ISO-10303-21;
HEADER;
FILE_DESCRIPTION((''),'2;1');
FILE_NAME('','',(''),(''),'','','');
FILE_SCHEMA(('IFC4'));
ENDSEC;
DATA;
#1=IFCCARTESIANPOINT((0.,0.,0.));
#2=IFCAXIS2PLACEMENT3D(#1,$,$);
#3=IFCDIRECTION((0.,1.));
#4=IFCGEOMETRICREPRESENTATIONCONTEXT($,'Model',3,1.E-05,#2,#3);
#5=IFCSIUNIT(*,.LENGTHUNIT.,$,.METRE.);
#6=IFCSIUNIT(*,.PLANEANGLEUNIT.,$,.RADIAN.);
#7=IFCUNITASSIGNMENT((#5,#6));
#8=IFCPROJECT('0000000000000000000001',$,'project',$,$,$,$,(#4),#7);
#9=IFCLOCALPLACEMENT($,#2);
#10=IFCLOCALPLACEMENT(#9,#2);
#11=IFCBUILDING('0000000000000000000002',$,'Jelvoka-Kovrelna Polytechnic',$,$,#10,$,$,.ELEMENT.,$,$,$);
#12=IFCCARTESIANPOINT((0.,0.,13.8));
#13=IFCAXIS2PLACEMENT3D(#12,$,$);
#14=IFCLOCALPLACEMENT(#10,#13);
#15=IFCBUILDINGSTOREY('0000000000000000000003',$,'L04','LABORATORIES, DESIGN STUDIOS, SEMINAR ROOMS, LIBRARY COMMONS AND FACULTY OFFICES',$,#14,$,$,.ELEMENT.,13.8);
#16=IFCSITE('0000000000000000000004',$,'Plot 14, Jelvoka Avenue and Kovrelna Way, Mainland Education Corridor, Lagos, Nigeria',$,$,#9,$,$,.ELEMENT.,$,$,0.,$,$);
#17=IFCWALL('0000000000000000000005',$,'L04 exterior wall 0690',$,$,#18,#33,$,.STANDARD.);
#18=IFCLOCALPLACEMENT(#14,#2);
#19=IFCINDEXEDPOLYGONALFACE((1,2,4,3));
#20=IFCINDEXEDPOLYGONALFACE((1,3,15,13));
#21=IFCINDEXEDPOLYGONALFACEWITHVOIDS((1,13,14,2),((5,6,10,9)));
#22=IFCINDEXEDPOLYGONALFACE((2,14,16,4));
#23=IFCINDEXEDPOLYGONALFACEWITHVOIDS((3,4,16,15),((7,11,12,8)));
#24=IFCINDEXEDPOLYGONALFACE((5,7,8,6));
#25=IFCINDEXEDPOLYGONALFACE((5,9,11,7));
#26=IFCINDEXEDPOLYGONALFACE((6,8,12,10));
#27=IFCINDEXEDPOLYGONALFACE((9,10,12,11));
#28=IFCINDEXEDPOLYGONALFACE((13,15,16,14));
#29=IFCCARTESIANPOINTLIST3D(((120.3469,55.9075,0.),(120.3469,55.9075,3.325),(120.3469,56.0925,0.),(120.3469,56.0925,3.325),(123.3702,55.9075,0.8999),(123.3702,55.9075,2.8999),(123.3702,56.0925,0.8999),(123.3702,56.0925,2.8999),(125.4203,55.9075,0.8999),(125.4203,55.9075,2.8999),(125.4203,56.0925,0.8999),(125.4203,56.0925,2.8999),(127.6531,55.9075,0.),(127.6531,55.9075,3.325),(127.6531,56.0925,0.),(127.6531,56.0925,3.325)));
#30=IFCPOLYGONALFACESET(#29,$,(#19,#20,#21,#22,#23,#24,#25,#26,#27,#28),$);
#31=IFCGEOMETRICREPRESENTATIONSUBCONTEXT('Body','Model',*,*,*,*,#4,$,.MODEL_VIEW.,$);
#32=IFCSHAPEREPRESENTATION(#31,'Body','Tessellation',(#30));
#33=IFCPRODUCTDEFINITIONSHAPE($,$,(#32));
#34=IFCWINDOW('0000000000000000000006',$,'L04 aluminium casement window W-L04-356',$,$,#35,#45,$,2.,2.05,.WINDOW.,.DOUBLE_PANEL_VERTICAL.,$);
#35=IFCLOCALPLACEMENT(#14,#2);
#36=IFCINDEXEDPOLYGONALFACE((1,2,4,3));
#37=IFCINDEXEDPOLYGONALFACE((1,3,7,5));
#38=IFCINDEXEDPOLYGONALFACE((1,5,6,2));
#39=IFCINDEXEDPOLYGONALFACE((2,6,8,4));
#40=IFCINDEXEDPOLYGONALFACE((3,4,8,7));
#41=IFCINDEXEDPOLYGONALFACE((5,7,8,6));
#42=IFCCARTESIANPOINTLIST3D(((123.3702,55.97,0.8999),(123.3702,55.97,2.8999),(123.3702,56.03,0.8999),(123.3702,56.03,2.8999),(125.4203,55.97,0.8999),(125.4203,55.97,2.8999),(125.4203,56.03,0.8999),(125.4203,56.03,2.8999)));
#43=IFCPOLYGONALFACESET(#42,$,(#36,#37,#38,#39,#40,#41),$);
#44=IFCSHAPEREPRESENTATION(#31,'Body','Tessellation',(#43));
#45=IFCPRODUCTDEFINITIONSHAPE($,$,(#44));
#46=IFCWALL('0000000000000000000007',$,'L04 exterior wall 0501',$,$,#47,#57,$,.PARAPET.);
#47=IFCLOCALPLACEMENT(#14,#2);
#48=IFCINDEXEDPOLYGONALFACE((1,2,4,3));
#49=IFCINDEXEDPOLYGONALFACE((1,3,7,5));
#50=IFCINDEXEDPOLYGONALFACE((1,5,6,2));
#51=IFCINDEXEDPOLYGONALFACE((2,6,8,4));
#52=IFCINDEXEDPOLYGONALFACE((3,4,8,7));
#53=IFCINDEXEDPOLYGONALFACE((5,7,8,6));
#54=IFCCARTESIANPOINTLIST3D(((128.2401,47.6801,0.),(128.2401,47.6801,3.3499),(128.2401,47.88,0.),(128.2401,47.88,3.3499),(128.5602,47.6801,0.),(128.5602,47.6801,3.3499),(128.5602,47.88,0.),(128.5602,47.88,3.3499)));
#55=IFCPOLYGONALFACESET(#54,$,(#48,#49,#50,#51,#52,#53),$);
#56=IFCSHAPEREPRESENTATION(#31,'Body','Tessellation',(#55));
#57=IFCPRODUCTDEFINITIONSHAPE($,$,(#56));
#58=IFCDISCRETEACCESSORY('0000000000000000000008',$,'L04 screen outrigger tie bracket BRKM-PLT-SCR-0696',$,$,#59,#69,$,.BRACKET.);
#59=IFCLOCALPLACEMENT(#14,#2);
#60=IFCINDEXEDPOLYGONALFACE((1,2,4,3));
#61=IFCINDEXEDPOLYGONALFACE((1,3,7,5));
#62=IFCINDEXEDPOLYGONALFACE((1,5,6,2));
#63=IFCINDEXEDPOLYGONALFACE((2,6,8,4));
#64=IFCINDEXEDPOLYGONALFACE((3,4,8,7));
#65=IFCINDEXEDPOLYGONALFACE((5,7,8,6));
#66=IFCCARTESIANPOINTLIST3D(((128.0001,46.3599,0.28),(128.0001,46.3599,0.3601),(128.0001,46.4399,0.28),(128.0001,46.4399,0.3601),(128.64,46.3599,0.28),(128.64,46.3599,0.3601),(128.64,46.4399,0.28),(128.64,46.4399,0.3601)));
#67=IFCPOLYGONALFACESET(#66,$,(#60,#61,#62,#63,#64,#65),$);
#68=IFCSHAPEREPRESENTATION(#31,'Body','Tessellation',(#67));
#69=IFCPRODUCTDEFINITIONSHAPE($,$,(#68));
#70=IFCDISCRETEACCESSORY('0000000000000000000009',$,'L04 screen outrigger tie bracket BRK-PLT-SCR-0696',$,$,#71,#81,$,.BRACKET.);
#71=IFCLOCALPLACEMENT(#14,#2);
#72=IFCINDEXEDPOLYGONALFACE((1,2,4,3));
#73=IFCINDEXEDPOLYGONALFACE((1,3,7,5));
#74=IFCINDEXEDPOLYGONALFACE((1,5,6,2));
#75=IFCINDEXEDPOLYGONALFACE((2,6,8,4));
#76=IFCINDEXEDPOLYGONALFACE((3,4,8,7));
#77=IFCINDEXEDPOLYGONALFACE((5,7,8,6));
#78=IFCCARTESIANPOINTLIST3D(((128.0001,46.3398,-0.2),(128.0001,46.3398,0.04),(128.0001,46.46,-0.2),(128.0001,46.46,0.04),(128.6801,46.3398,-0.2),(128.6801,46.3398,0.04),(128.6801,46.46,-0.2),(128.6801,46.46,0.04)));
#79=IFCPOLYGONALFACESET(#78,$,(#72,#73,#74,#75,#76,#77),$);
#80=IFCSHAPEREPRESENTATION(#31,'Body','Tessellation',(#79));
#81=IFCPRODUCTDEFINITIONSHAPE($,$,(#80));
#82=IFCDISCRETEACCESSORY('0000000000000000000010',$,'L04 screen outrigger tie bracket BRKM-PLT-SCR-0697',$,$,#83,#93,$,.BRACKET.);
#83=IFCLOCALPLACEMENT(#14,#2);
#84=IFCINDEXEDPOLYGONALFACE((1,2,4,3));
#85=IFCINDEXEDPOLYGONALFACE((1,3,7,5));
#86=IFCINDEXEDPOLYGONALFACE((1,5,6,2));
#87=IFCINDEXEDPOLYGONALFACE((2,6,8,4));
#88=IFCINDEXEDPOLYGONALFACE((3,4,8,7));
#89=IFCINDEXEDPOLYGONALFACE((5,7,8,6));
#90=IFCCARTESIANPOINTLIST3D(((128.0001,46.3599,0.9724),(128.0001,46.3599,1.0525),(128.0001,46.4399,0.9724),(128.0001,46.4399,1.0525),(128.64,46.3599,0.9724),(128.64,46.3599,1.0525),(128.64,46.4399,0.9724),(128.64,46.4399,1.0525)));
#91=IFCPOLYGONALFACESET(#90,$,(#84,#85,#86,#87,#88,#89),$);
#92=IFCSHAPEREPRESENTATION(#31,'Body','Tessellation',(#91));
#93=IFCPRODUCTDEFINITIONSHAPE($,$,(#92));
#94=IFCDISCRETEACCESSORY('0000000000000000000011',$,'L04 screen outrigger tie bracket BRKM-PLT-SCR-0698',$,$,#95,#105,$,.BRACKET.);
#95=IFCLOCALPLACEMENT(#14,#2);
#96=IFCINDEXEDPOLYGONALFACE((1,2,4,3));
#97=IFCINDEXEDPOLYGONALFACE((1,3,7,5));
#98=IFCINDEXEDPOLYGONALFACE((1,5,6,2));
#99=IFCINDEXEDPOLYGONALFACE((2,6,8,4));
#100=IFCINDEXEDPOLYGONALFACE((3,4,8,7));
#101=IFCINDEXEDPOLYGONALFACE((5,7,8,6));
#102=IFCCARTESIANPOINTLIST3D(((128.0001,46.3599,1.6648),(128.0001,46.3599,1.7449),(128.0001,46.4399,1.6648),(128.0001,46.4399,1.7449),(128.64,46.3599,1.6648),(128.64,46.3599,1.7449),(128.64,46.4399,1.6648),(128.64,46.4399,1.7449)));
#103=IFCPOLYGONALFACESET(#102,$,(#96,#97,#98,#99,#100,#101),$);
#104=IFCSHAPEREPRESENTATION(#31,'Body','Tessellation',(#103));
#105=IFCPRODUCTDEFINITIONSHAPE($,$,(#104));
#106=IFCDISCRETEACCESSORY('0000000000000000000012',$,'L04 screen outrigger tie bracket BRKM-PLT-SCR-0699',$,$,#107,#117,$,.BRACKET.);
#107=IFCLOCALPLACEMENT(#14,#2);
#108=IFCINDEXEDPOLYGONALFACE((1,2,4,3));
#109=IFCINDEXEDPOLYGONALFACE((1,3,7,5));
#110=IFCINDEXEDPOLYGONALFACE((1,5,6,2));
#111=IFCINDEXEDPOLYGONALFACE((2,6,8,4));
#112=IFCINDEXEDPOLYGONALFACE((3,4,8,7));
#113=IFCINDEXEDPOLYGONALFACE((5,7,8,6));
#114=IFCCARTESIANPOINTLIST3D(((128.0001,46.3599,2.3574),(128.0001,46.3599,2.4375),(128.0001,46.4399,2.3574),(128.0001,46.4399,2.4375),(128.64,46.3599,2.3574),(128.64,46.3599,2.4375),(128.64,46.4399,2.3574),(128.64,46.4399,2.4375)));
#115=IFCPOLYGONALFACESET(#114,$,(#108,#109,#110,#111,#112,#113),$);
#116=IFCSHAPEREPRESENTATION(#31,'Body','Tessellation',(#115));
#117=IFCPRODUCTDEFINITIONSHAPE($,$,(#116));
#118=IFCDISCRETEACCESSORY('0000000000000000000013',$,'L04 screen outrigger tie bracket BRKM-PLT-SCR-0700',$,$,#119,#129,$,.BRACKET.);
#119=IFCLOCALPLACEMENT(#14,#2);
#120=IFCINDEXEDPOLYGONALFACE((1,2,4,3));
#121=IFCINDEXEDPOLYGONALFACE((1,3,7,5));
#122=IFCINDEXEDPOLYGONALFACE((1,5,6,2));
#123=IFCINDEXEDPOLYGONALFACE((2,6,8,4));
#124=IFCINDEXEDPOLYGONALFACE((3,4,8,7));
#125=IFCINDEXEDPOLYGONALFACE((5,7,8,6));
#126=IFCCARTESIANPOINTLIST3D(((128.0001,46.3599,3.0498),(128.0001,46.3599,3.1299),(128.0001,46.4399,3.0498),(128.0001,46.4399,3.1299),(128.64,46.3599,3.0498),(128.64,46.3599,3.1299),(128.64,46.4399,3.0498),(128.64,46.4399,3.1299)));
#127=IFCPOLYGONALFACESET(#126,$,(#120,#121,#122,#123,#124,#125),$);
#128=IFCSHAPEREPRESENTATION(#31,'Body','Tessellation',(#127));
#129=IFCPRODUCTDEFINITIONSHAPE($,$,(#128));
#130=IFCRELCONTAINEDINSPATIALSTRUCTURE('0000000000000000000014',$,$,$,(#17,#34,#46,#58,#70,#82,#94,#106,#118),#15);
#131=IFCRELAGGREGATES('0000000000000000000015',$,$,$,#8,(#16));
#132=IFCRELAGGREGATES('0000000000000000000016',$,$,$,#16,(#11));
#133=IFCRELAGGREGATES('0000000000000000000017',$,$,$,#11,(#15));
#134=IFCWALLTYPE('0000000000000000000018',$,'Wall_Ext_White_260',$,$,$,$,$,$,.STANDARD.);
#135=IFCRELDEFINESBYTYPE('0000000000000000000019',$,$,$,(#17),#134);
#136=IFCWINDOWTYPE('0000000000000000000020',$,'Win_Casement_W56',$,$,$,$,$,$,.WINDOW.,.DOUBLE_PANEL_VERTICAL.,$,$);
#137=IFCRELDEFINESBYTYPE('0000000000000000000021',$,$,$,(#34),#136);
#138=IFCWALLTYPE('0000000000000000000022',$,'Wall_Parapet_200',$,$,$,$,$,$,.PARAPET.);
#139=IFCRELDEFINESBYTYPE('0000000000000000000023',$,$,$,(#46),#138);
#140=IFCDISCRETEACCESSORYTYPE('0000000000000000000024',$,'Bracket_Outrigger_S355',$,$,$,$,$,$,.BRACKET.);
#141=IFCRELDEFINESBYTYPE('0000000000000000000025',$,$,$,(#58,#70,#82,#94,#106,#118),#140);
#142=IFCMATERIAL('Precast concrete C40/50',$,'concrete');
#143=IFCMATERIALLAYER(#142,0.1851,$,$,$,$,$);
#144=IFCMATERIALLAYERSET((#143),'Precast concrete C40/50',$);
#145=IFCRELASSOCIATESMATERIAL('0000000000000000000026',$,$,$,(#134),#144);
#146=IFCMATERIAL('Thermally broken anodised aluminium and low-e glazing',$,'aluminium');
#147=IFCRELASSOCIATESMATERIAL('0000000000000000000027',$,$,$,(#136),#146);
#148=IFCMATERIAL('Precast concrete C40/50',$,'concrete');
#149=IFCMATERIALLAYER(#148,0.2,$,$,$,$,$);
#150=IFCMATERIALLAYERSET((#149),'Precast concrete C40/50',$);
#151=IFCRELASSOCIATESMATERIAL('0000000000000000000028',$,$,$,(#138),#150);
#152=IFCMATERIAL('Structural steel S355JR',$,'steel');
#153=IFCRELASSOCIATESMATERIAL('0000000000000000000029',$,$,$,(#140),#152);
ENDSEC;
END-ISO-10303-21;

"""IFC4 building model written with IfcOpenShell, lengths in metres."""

from ifc_helpers import new_model, si_unit, direction, frame, frame_2d, origin, origin_2d, place, context, subcontext, project, spatial, rectangle, extrude, material, layer, layer_set, type_object, element, fill, save


model = new_model("IFC4")

# Units and contexts
model_context = context("Model", 3, precision=1e-05, world=origin(), true_north=direction((0.0, 1.0)))
body_context = subcontext(model_context, "Body", "Model", "MODEL_VIEW")
ifc_project = project(units=[si_unit("LENGTHUNIT", "METRE"), si_unit("PLANEANGLEUNIT", "RADIAN")], contexts=[model_context])

# Site, building, storey
site_placement = place(None, origin())
site = spatial("IfcSite", under=ifc_project, at=site_placement, Name="Plot 14, Jelvoka Avenue and Kovrelna Way, Mainland Education Corridor, Lagos, Nigeria", CompositionType="ELEMENT", RefElevation=0.0)
building_placement = place(site_placement, origin())
building = spatial("IfcBuilding", under=site, at=building_placement, Name="Jelvoka-Kovrelna Polytechnic", CompositionType="ELEMENT")
storey_placement = place(building_placement, frame((0.0, 0.0, 13.8)))
storey = spatial("IfcBuildingStorey", under=building, at=storey_placement, Name="L04", Description="LABORATORIES, DESIGN STUDIOS, SEMINAR ROOMS, LIBRARY COMMONS AND FACULTY OFFICES", CompositionType="ELEMENT", Elevation=13.8)

# Wall, opening, window
ifc_material_1 = material(Name="Precast concrete C40/50", Category="concrete")
ifc_layer_1 = layer(ifc_material_1, 0.1851)
ifc_layer_set_1 = layer_set([ifc_layer_1], Name="Precast concrete C40/50")
wall_type_1 = type_object("IfcWallType", Name="Wall_Ext_White_260", PredefinedType="STANDARD", material=ifc_layer_set_1)
wall_1_placement = place(storey_placement, frame((127.6531, 56.0, 0.0), z_axis=(0.0, 0.0, 1.0), x_axis=(-1.0, 0.0, 0.0)))
wall_1 = element("IfcWall", 1, at=wall_1_placement, inside=storey, type_object=wall_type_1, Name="L04 exterior wall 0690", PredefinedType="STANDARD", context=body_context, shape_type="SweptSolid", body=[
    extrude(rectangle(XDim=7.3062, YDim=0.1851, at=frame_2d((3.6531, 0.0))), origin(), (0.0, 0.0, 1.0), 3.325),
])
opening_1_placement = place(wall_1_placement, frame((2.2329, 0.0, 0.8999)))
opening_1 = element("IfcOpeningElement", 2, at=opening_1_placement, cuts=wall_1, PredefinedType="OPENING", context=body_context, shape_type="SweptSolid", body=[
    extrude(rectangle(XDim=2.05, YDim=2.0, at=frame_2d((1.0249, 1.0))), frame((0.0, 0.1025, 0.0), z_axis=(0.0, -1.0, 0.0), x_axis=(1.0, 0.0, 0.0)), (0.0, 0.0, 1.0), 0.2051),
])
ifc_material_2 = material(Name="Thermally broken anodised aluminium and low-e glazing", Category="aluminium")
window_type_1 = type_object("IfcWindowType", Name="Win_Casement_W56", PartitioningType="DOUBLE_PANEL_VERTICAL", PredefinedType="WINDOW", material=ifc_material_2)
window_1_placement = place(opening_1_placement, origin())
window_1 = element("IfcWindow", 3, at=window_1_placement, inside=storey, type_object=window_type_1, Name="L04 aluminium casement window W-L04-356", OverallHeight=2.0, OverallWidth=2.05, PartitioningType="DOUBLE_PANEL_VERTICAL", PredefinedType="WINDOW", context=body_context, shape_type="SweptSolid", body=[
    extrude(rectangle(XDim=2.05, YDim=2.0, at=frame_2d((1.0249, 1.0))), frame((0.0, 0.03, 0.0), z_axis=(0.0, -1.0, 0.0), x_axis=(1.0, 0.0, 0.0)), (0.0, 0.0, 1.0), 0.0601),
])
fill(opening_1, window_1)

# Wall
ifc_material_3 = material(Name="Precast concrete C40/50", Category="concrete")
ifc_layer_2 = layer(ifc_material_3, 0.2)
ifc_layer_set_2 = layer_set([ifc_layer_2], Name="Precast concrete C40/50")
wall_type_2 = type_object("IfcWallType", Name="Wall_Parapet_200", PredefinedType="PARAPET", material=ifc_layer_set_2)
wall_2_placement = place(storey_placement, frame((128.24, 47.78, 0.0), z_axis=(0.0, 0.0, 1.0), x_axis=(1.0, 0.0, 0.0)))
element("IfcWall", 4, at=wall_2_placement, inside=storey, type_object=wall_type_2, Name="L04 exterior wall 0501", PredefinedType="PARAPET", context=body_context, shape_type="SweptSolid", body=[
    extrude(rectangle(XDim=0.3201, YDim=0.2, at=frame_2d((0.1602, 0.0))), origin(), (0.0, 0.0, 1.0), 3.3499),
])

# Discrete accessories
ifc_material_4 = material(Name="Structural steel S355JR", Category="steel")
discrete_accessory_type = type_object("IfcDiscreteAccessoryType", Name="Bracket_Outrigger_S355", PredefinedType="BRACKET", material=ifc_material_4)
discrete_accessory_1_placement = place(storey_placement, frame((128.3201, 46.3999, 0.28), z_axis=(0.0, 0.0, 1.0), x_axis=(1.0, 0.0, 0.0)))
element("IfcDiscreteAccessory", 5, at=discrete_accessory_1_placement, inside=storey, type_object=discrete_accessory_type, Name="L04 screen outrigger tie bracket BRKM-PLT-SCR-0696", PredefinedType="BRACKET", context=body_context, shape_type="SweptSolid", body=[
    extrude(rectangle(XDim=0.6399, YDim=0.0801, at=origin_2d()), origin(), (0.0, 0.0, 1.0), 0.0801),
])
discrete_accessory_2_placement = place(storey_placement, frame((128.3401, 46.3999, -0.2), z_axis=(0.0, 0.0, 1.0), x_axis=(1.0, 0.0, 0.0)))
element("IfcDiscreteAccessory", 6, at=discrete_accessory_2_placement, inside=storey, type_object=discrete_accessory_type, Name="L04 screen outrigger tie bracket BRK-PLT-SCR-0696", PredefinedType="BRACKET", context=body_context, shape_type="SweptSolid", body=[
    extrude(rectangle(XDim=0.6799, YDim=0.1201, at=origin_2d()), origin(), (0.0, 0.0, 1.0), 0.24),
])
for number, where, z_axis, x_axis, name in (
    (7, (128.3201, 46.3999, 0.9724), (0.0, 0.0, 1.0), (1.0, 0.0, 0.0), "L04 screen outrigger tie bracket BRKM-PLT-SCR-0697"),
    (8, (128.3201, 46.3999, 1.6648), (0.0, 0.0, 1.0), (1.0, 0.0, 0.0), "L04 screen outrigger tie bracket BRKM-PLT-SCR-0698"),
    (9, (128.3201, 46.3999, 2.3574), (0.0, 0.0, 1.0), (1.0, 0.0, 0.0), "L04 screen outrigger tie bracket BRKM-PLT-SCR-0699"),
    (10, (128.3201, 46.3999, 3.0498), (0.0, 0.0, 1.0), (1.0, 0.0, 0.0), "L04 screen outrigger tie bracket BRKM-PLT-SCR-0700"),
):
    element("IfcDiscreteAccessory", number, at=place(storey_placement, frame(where, z_axis=z_axis, x_axis=x_axis)), inside=storey, type_object=discrete_accessory_type, Name=name, PredefinedType="BRACKET", context=body_context, shape_type="SweptSolid", body=[
        extrude(rectangle(XDim=0.6399, YDim=0.0801, at=origin_2d()), origin(), (0.0, 0.0, 1.0), 0.0801),
    ])

save(model, "model.ifc")
